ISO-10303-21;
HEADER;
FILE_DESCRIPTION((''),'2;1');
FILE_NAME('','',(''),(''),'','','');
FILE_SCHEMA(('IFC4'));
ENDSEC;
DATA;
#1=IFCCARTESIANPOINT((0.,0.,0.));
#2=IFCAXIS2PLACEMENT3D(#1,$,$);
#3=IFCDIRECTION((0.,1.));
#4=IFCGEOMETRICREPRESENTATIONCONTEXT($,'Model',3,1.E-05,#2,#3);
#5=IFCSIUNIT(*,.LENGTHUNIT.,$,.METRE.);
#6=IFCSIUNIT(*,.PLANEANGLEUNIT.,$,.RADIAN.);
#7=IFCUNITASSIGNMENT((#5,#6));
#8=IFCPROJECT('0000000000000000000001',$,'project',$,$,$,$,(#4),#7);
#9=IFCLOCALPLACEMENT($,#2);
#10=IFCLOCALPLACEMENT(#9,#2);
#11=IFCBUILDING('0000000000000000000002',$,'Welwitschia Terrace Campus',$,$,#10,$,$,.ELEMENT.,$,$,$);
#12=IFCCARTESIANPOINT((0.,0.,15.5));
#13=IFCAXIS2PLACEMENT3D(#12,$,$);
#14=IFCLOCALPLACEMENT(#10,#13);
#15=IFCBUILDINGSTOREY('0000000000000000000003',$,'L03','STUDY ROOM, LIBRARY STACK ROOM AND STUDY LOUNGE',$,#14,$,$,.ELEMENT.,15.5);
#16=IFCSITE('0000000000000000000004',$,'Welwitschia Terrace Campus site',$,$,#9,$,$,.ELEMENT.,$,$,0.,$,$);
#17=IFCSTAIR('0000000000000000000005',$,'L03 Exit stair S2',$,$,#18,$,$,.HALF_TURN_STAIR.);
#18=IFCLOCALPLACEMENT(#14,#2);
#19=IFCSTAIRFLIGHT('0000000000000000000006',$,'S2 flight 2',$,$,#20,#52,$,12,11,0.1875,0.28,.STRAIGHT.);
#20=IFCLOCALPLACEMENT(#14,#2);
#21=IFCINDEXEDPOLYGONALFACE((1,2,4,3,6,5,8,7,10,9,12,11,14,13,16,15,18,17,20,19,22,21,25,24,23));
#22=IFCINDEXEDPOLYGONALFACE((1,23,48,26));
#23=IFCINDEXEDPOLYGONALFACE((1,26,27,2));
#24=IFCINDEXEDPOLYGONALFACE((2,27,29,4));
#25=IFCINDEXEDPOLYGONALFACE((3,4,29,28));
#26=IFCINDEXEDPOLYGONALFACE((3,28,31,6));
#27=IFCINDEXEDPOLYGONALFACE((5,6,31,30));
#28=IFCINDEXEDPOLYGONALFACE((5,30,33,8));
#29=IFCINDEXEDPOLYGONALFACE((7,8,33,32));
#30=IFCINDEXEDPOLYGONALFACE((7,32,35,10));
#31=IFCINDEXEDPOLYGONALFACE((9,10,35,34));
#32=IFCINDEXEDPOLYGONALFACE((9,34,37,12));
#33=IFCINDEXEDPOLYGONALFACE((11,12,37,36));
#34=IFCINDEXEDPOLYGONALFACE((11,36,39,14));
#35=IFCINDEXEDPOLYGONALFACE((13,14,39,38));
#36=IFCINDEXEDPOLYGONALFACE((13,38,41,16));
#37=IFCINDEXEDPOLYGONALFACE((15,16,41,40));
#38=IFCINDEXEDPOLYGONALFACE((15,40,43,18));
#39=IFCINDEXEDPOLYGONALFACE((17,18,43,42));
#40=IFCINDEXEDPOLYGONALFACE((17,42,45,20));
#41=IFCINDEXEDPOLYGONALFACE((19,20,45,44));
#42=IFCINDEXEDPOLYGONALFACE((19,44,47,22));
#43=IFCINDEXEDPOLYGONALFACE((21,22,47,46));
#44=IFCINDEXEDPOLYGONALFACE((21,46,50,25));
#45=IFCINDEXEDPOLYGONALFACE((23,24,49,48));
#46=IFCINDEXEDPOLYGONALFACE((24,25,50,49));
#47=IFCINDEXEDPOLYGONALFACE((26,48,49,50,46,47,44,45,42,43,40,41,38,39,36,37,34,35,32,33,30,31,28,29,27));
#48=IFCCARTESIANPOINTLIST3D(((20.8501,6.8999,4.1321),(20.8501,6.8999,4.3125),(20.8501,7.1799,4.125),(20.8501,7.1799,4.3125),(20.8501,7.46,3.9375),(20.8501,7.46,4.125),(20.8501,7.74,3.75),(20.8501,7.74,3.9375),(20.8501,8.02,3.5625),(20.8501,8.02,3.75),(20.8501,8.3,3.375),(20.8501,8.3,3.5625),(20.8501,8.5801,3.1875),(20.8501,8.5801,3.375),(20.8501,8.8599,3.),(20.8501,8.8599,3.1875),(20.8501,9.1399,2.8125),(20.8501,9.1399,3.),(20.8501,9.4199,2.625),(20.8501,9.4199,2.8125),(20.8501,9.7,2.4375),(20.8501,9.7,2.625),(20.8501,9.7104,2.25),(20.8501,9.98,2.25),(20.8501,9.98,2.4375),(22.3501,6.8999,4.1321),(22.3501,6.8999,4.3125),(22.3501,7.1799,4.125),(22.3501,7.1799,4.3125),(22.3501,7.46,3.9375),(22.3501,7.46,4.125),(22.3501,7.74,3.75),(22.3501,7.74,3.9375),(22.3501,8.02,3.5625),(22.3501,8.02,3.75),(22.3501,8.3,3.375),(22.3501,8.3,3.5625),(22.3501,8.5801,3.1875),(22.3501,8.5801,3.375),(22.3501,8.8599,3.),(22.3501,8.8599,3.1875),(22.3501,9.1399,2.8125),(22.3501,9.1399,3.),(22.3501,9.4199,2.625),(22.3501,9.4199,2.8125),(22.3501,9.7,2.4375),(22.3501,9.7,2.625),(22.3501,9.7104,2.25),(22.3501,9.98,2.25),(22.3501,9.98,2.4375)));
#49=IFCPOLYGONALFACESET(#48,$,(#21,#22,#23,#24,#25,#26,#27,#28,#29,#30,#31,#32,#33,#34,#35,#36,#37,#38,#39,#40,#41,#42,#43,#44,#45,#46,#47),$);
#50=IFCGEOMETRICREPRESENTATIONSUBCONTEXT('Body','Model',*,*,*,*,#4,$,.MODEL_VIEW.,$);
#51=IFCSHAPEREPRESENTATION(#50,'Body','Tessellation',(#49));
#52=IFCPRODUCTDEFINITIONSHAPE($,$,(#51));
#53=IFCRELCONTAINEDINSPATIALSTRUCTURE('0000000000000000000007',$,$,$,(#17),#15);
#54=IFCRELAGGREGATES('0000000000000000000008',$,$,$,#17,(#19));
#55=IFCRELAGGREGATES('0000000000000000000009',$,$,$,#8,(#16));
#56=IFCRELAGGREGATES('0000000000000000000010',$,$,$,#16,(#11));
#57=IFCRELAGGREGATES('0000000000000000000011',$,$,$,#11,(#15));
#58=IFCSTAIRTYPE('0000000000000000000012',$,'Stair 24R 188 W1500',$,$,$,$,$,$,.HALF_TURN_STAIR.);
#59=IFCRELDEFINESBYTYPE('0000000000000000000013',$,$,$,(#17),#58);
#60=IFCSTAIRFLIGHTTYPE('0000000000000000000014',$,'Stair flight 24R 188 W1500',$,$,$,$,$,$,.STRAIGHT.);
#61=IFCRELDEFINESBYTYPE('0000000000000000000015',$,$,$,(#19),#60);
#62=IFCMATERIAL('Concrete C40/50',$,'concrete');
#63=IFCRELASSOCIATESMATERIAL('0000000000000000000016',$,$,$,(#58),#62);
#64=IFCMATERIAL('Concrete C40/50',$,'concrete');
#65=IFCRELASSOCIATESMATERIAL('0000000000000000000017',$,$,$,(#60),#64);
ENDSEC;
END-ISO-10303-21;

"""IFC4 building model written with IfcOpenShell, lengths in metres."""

from ifc_helpers import new_model, si_unit, direction, frame, origin, place, context, subcontext, project, spatial, polyline, outline, extrude, material, type_object, element, aggregate, save


model = new_model("IFC4")

# Units and contexts
model_context = context("Model", 3, precision=1e-05, world=origin(), true_north=direction((0.0, 1.0)))
body_context = subcontext(model_context, "Body", "Model", "MODEL_VIEW")
ifc_project = project(units=[si_unit("LENGTHUNIT", "METRE"), si_unit("PLANEANGLEUNIT", "RADIAN")], contexts=[model_context])

# Site, building, storey
site_placement = place(None, origin())
site = spatial("IfcSite", under=ifc_project, at=site_placement, Name="Welwitschia Terrace Campus site", CompositionType="ELEMENT", RefElevation=0.0)
building_placement = place(site_placement, origin())
building = spatial("IfcBuilding", under=site, at=building_placement, Name="Welwitschia Terrace Campus", CompositionType="ELEMENT")
storey_placement = place(building_placement, frame((0.0, 0.0, 15.5)))
storey = spatial("IfcBuildingStorey", under=building, at=storey_placement, Name="L03", Description="STUDY ROOM, LIBRARY STACK ROOM AND STUDY LOUNGE", CompositionType="ELEMENT", Elevation=15.5)

# Stair, stair flight
ifc_material_1 = material(Name="Concrete C40/50", Category="concrete")
stair_type = type_object("IfcStairType", Name="Stair 24R 188 W1500", PredefinedType="HALF_TURN_STAIR", material=ifc_material_1)
stair_placement = place(storey_placement, origin())
stair = element("IfcStair", 1, at=stair_placement, inside=storey, type_object=stair_type, Name="L03 Exit stair S2", PredefinedType="HALF_TURN_STAIR")
ifc_material_2 = material(Name="Concrete C40/50", Category="concrete")
stair_flight_type = type_object("IfcStairFlightType", Name="Stair flight 24R 188 W1500", PredefinedType="STRAIGHT", material=ifc_material_2)
stair_flight_1_placement = place(storey_placement, frame((21.6001, 9.98, 2.25), z_axis=(0.0, 0.0, 1.0), x_axis=(0.0, -1.0, 0.0)))
stair_flight_1 = element("IfcStairFlight", 2, at=stair_flight_1_placement, type_object=stair_flight_type, Name="S2 flight 2", NumberOfRisers=12, NumberOfTreads=11, PredefinedType="STRAIGHT", RiserHeight=0.1875, TreadLength=0.28, context=body_context, shape_type="SweptSolid", body=[
    extrude(outline(polyline([(0.0, 0.0), (0.0, 0.1875), (0.28, 0.1875), (0.28, 0.375), (0.5601, 0.375), (0.5601, 0.5625), (0.8401, 0.5625), (0.8401, 0.75), (1.1201, 0.75), (1.1201, 0.9375), (1.3999, 0.9375), (1.3999, 1.125), (1.6799, 1.125), (1.6799, 1.3125), (1.96, 1.3125), (1.96, 1.5), (2.24, 1.5), (2.24, 1.6875), (2.52, 1.6875), (2.52, 1.875), (2.8, 1.875), (2.8, 2.0625), (3.0801, 2.0625), (3.0801, 2.25), (3.0801, 1.8821), (0.2695, 0.0), (0.0, 0.0)])), frame((0.0, 0.75, 0.0), z_axis=(0.0, -1.0, 0.0), x_axis=(1.0, 0.0, 0.0)), (0.0, 0.0, 1.0), 1.5),
])
aggregate(stair, [stair_flight_1])

save(model, "model.ifc")
